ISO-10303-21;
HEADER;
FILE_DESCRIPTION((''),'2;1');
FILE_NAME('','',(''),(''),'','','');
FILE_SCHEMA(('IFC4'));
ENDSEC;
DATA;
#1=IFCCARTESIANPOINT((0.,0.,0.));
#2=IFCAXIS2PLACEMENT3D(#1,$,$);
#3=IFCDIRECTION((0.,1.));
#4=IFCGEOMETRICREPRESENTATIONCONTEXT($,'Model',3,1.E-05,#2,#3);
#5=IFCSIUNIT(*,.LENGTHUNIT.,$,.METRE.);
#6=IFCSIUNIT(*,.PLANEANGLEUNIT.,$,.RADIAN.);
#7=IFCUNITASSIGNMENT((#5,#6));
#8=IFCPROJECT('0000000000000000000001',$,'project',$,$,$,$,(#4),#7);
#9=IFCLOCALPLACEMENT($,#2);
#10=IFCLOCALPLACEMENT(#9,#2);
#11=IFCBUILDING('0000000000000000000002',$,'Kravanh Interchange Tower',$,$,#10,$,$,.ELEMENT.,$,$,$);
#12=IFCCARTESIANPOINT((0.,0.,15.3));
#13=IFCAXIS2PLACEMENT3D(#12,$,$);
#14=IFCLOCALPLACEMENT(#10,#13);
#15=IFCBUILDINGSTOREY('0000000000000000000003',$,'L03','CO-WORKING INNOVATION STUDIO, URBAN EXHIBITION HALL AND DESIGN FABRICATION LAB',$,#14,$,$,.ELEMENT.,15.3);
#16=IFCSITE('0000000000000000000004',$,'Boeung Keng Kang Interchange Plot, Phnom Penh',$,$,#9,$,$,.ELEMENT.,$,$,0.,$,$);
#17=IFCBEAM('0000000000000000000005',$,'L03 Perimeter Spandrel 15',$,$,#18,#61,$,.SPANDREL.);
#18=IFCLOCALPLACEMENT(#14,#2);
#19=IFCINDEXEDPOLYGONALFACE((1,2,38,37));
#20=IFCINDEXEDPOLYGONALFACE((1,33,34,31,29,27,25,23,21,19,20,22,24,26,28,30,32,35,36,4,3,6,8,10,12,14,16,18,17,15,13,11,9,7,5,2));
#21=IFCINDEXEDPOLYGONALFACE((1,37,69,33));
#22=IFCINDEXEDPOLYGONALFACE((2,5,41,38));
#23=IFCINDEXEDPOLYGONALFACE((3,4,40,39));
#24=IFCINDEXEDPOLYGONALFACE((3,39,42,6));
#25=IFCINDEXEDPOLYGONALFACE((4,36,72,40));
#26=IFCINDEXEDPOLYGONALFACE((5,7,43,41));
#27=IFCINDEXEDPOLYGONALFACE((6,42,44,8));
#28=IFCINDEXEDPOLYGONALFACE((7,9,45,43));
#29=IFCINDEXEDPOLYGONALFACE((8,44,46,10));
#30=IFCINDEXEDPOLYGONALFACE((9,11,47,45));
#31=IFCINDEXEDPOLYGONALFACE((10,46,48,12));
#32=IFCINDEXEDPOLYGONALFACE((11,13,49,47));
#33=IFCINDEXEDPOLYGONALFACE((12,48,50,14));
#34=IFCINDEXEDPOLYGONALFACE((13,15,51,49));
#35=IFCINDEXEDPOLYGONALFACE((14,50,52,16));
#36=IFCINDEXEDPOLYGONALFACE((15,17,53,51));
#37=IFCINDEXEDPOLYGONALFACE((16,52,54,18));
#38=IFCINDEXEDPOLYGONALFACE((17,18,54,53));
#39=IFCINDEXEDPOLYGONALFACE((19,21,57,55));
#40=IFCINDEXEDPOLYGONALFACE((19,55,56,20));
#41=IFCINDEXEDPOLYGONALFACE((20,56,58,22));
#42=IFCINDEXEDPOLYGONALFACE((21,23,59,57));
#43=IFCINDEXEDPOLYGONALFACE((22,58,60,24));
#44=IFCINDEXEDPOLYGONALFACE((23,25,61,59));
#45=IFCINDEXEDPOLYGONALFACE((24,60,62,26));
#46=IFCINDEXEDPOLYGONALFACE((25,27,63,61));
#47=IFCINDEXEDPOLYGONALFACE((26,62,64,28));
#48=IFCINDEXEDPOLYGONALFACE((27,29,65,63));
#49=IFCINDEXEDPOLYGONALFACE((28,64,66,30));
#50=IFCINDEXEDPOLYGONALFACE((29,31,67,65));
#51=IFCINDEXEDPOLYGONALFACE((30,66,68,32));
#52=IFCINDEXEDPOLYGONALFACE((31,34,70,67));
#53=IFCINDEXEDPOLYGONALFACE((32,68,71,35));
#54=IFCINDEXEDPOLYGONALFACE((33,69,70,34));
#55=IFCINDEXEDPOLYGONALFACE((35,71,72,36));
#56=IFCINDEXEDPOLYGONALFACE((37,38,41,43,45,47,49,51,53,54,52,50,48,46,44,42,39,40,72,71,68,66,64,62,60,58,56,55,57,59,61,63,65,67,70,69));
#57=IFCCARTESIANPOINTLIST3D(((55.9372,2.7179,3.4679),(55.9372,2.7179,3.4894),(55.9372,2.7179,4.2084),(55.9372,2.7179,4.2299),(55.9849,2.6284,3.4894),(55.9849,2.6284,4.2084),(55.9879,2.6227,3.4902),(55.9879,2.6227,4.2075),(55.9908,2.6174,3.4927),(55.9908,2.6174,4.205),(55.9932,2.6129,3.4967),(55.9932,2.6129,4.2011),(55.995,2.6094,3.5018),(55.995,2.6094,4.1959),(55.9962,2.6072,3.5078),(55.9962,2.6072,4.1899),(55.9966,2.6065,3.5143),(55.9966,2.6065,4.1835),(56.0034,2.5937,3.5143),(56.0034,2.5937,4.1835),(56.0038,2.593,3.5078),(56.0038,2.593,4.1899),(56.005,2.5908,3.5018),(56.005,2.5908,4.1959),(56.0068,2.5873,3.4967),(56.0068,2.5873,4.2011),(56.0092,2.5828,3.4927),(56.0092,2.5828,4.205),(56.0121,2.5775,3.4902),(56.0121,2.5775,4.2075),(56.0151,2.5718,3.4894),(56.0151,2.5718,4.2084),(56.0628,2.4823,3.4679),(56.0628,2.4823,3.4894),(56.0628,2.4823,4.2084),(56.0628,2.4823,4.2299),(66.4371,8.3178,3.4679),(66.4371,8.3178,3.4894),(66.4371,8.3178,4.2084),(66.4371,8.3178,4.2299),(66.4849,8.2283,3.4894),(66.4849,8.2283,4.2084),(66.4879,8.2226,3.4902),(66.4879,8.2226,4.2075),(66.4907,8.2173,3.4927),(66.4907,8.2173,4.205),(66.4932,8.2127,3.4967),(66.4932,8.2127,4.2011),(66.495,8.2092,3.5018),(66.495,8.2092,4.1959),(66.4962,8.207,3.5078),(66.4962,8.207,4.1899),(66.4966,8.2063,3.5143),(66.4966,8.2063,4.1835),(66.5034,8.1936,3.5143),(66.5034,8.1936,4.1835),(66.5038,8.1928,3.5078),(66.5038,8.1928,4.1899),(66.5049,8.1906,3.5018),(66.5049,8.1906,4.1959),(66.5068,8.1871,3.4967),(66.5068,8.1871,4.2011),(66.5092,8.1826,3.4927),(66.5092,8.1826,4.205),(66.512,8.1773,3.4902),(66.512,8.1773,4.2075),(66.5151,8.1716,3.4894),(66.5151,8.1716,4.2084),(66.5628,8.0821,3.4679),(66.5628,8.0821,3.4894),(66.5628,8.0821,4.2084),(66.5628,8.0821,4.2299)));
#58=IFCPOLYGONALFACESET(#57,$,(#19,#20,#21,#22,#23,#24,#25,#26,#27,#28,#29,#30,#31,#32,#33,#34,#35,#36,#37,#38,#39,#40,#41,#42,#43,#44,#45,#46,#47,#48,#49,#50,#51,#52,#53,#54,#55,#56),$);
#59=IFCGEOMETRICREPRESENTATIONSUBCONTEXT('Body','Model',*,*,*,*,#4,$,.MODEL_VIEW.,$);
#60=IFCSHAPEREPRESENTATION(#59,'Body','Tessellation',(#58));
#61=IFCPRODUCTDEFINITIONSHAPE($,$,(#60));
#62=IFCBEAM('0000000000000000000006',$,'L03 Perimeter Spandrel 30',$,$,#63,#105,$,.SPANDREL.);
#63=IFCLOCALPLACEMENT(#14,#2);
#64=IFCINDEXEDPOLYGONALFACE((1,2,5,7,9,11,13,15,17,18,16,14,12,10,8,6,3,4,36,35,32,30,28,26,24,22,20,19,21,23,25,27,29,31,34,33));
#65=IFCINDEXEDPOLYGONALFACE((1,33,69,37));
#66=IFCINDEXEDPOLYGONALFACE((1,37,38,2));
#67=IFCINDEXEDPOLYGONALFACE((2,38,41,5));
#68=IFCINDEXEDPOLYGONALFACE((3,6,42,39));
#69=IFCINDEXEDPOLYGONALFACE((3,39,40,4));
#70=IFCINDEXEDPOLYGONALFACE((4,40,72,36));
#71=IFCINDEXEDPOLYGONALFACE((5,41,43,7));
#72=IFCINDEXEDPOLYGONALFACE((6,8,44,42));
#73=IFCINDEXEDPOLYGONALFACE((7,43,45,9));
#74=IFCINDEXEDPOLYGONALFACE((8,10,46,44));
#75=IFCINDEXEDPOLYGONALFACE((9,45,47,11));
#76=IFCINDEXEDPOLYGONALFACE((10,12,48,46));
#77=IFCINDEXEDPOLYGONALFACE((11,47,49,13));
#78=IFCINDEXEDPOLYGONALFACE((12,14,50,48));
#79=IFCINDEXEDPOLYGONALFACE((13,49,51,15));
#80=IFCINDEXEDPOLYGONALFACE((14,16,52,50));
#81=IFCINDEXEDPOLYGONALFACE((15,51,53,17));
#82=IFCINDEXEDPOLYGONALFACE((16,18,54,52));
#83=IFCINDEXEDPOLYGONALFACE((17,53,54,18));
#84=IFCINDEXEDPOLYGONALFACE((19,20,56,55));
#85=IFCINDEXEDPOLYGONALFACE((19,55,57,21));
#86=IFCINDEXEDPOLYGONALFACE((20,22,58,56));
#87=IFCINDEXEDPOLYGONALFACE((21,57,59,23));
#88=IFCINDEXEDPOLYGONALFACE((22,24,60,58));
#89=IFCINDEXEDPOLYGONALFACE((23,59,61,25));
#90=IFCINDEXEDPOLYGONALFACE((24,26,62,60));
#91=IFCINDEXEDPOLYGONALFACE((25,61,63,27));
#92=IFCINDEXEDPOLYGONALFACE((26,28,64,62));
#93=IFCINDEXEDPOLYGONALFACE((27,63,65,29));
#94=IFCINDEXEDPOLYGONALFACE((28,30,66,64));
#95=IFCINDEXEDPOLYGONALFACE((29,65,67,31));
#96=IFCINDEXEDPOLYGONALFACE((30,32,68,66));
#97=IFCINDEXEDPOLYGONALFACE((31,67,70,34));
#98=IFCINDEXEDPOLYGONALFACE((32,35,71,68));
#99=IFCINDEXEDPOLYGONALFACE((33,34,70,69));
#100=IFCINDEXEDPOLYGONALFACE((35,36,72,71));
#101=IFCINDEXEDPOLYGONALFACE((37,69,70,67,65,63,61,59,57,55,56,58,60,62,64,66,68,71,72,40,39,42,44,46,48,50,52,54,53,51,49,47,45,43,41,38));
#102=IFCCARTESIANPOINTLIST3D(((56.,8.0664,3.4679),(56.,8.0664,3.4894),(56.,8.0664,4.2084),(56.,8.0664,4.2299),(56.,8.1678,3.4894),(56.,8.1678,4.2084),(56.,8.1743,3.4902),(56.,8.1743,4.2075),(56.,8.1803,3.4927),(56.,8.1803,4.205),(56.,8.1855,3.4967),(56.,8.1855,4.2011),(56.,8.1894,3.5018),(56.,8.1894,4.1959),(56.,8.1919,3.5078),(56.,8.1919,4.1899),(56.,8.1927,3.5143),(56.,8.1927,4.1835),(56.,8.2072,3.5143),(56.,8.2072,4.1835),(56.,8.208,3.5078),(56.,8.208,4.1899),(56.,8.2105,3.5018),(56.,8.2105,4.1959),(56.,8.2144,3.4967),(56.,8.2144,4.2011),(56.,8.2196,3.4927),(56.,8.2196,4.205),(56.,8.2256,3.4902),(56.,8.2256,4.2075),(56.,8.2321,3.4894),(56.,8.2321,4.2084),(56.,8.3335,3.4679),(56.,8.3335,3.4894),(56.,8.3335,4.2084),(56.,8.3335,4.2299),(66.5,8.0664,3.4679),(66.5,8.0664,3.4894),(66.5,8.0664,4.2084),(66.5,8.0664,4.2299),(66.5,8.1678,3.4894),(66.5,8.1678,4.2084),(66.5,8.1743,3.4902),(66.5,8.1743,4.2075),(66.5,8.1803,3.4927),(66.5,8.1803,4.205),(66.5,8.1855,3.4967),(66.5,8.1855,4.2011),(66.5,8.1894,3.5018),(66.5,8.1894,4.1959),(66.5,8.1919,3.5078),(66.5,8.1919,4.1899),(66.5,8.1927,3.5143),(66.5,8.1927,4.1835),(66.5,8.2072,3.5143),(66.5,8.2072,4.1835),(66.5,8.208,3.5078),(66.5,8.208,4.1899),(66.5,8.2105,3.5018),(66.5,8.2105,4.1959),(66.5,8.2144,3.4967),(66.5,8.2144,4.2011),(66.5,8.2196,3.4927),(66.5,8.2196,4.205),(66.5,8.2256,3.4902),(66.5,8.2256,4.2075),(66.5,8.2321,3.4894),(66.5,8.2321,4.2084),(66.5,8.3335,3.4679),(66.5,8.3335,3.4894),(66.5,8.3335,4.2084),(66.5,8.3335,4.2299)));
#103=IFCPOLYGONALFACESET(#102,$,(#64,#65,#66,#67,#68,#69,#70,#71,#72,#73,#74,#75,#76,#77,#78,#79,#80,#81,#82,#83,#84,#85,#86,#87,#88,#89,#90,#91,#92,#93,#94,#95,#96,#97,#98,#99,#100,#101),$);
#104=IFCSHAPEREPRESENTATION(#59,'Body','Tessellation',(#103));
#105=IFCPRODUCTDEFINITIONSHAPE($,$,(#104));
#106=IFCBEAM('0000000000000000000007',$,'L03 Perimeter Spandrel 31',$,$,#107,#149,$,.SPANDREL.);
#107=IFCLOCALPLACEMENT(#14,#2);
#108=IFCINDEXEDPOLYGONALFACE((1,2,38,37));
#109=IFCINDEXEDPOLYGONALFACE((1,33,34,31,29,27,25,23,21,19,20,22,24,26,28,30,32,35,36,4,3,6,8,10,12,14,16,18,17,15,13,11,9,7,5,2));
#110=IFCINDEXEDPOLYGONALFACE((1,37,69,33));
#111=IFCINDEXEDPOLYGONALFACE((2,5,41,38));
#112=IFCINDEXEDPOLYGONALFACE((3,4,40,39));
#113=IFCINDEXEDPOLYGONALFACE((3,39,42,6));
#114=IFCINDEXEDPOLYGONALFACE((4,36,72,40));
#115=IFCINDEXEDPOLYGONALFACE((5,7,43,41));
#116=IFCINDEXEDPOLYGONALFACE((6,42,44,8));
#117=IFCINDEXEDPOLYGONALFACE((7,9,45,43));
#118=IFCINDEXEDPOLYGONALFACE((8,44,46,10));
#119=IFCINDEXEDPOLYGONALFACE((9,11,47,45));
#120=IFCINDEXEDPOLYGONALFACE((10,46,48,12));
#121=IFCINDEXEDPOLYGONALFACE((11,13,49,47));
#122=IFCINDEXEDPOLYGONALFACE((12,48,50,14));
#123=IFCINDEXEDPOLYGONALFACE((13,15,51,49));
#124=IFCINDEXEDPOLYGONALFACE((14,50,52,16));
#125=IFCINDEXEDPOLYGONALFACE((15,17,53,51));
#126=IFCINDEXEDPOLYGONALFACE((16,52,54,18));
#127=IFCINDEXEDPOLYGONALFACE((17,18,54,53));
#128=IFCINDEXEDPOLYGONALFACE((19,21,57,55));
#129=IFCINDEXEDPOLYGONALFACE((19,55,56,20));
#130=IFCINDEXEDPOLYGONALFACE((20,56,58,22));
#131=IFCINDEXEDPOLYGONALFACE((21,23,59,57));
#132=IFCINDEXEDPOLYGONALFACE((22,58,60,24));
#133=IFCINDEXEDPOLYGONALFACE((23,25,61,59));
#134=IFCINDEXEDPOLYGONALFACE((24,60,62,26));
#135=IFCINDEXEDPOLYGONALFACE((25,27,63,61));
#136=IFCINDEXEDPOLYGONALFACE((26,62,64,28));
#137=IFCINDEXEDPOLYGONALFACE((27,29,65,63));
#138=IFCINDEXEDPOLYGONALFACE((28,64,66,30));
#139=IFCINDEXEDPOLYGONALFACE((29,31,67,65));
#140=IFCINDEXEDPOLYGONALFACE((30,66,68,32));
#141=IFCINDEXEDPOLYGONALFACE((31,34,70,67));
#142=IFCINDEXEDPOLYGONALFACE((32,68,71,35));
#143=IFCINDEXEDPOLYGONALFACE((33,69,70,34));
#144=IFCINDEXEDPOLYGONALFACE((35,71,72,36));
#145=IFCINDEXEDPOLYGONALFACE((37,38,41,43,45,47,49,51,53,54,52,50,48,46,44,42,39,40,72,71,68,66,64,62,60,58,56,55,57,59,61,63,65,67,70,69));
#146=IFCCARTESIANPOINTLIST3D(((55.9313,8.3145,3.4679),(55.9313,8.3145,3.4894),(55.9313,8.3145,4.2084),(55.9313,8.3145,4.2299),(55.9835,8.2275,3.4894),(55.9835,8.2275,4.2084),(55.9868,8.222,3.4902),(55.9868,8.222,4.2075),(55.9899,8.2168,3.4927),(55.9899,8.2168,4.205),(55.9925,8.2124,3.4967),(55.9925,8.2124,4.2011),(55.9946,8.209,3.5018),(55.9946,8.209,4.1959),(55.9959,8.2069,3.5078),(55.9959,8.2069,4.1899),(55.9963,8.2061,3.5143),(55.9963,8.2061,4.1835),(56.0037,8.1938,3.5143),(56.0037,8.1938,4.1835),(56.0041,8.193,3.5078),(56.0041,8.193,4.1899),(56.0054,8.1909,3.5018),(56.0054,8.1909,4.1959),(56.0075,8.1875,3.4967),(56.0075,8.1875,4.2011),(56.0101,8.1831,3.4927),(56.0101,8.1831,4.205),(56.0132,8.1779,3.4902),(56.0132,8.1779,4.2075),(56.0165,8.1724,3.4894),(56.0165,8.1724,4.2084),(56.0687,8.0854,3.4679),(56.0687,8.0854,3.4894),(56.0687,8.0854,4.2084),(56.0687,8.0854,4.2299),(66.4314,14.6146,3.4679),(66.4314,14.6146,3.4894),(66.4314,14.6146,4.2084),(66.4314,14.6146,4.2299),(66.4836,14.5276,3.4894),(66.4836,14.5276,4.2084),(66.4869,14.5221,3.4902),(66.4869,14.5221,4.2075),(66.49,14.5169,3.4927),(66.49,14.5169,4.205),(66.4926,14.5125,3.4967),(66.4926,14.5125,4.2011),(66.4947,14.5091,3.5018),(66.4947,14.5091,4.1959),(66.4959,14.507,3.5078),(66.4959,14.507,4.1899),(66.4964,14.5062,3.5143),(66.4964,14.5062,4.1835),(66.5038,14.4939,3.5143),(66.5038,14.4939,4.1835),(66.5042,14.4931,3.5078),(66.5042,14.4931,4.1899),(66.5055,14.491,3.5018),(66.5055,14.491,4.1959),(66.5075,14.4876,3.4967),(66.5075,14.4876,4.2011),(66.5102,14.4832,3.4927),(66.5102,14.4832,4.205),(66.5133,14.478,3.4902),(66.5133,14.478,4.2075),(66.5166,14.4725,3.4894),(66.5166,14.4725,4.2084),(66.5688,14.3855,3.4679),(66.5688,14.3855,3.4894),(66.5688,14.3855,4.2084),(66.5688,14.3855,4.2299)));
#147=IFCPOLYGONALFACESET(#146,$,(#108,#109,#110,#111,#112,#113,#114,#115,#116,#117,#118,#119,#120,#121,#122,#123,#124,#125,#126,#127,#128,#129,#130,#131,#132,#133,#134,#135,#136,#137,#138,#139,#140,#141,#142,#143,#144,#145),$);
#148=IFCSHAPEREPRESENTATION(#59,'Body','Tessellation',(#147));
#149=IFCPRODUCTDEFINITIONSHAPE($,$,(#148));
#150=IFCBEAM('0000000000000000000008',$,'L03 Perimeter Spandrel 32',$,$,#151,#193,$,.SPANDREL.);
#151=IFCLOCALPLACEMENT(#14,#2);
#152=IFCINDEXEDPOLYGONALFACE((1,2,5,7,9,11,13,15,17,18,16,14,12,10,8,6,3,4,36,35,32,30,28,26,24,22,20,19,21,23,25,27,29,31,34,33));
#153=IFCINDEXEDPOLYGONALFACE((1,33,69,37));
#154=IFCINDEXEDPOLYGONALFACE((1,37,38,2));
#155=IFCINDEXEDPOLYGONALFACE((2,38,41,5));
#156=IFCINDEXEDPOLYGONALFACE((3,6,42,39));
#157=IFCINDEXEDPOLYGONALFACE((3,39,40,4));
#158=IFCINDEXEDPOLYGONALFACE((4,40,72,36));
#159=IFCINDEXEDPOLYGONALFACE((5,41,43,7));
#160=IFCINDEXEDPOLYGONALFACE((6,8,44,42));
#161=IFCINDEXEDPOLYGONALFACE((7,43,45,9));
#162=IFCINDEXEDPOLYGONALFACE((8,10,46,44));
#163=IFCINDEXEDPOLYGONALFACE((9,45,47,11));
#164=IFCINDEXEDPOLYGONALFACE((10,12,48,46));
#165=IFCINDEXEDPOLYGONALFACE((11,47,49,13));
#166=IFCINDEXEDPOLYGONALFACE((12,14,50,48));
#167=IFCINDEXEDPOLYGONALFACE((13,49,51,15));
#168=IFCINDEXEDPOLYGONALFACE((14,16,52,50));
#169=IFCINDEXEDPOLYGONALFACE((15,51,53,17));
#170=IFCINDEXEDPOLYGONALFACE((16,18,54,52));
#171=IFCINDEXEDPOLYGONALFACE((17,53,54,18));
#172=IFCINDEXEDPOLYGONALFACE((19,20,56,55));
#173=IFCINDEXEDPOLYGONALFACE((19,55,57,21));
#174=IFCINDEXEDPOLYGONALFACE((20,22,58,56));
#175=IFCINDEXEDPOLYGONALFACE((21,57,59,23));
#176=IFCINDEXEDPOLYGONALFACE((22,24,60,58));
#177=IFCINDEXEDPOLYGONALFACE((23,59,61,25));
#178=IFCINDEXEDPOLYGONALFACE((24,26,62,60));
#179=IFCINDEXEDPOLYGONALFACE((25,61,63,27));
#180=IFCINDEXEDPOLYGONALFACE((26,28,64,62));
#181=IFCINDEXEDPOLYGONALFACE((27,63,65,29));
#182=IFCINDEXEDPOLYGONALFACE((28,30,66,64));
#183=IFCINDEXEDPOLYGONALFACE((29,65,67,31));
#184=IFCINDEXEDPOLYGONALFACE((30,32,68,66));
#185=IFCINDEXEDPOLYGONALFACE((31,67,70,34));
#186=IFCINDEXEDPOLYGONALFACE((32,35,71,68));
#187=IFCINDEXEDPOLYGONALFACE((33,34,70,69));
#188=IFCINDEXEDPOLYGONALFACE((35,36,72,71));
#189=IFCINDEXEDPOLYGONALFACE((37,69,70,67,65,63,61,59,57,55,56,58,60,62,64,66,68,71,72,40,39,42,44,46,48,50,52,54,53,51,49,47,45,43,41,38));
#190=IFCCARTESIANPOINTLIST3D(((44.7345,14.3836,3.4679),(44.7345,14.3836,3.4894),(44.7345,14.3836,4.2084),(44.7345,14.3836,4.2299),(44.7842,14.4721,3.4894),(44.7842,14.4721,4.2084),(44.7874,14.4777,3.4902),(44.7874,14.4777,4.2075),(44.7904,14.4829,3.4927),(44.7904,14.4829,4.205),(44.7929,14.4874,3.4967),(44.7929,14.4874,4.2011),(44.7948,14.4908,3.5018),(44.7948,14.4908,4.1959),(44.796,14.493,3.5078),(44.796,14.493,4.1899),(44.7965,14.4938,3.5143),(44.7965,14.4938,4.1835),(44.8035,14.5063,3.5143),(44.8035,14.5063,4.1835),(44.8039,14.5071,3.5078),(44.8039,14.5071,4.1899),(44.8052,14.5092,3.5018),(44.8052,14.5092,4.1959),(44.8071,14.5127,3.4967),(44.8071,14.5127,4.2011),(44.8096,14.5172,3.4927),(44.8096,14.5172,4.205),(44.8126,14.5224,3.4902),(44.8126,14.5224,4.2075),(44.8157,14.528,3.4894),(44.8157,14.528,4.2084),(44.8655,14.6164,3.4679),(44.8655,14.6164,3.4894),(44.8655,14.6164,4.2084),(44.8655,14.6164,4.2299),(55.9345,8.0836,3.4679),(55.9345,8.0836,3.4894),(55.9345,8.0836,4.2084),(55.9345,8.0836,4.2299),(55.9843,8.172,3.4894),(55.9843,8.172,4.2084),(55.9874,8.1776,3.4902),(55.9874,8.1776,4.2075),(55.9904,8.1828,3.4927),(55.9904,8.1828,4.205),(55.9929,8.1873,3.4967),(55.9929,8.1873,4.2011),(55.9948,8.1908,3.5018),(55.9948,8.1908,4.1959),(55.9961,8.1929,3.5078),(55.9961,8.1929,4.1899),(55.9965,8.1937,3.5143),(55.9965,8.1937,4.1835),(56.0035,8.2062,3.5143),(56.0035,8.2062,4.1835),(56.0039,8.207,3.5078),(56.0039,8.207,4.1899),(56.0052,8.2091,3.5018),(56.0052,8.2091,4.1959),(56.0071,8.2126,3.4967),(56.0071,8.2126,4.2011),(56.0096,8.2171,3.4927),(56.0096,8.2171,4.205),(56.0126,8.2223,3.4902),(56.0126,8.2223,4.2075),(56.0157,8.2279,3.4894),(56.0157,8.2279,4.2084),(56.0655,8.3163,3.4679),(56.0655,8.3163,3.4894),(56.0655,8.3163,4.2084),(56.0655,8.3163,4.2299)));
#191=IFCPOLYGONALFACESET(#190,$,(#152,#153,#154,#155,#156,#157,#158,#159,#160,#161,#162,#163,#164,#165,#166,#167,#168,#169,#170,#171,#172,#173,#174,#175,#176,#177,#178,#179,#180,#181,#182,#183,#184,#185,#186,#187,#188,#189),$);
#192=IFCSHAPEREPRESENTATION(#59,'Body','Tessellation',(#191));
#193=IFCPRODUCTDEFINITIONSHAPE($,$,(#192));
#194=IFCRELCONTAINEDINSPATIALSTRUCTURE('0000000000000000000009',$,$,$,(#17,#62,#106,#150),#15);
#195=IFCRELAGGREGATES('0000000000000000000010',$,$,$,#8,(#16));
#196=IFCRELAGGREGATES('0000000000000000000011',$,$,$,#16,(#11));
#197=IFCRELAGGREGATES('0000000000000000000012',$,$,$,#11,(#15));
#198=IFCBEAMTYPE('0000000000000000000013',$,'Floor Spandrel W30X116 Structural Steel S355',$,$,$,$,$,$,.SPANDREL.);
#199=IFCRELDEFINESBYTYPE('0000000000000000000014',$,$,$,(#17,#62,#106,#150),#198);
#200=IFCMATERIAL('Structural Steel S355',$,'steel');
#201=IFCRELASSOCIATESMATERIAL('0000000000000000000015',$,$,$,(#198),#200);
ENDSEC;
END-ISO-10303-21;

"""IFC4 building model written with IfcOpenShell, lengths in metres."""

from ifc_helpers import new_model, si_unit, direction, frame, origin, origin_2d, place, context, subcontext, project, spatial, i_section, extrude, material, material_profile, profile_set, type_object, element, save


model = new_model("IFC4")

# Units and contexts
model_context = context("Model", 3, precision=1e-05, world=origin(), true_north=direction((0.0, 1.0)))
body_context = subcontext(model_context, "Body", "Model", "MODEL_VIEW")
ifc_project = project(units=[si_unit("LENGTHUNIT", "METRE"), si_unit("PLANEANGLEUNIT", "RADIAN")], contexts=[model_context])

# Site, building, storey
site_placement = place(None, origin())
site = spatial("IfcSite", under=ifc_project, at=site_placement, Name="Boeung Keng Kang Interchange Plot, Phnom Penh", CompositionType="ELEMENT", RefElevation=0.0)
building_placement = place(site_placement, origin())
building = spatial("IfcBuilding", under=site, at=building_placement, Name="Kravanh Interchange Tower", CompositionType="ELEMENT")
storey_placement = place(building_placement, frame((0.0, 0.0, 15.3)))
storey = spatial("IfcBuildingStorey", under=building, at=storey_placement, Name="L03", Description="CO-WORKING INNOVATION STUDIO, URBAN EXHIBITION HALL AND DESIGN FABRICATION LAB", CompositionType="ELEMENT", Elevation=15.3)

# Beams
ifc_material_1 = material(Name="Structural Steel S355", Category="steel")
ifc_material_profile_1 = material_profile(ifc_material_1, i_section(OverallWidth=0.2671, OverallDepth=0.762, WebThickness=0.0144, FlangeThickness=0.0215, FilletRadius=0.0249, at=origin_2d()), Name="W30X116")
ifc_profile_set_1 = profile_set([ifc_material_profile_1], Name="Structural Steel S355")
beam_type_1 = type_object("IfcBeamType", Name="Floor Spandrel W30X116 Structural Steel S355", PredefinedType="SPANDREL", material=ifc_profile_set_1)
beam_1_placement = place(storey_placement, frame((56.0, 2.6001, 3.8489), z_axis=(0.882358, 0.470579, 0.0), x_axis=(-0.470579, 0.882358, 0.0)))
element("IfcBeam", 1, at=beam_1_placement, inside=storey, type_object=beam_type_1, Name="L03 Perimeter Spandrel 15", PredefinedType="SPANDREL", context=body_context, shape_type="SweptSolid", body=[
    extrude(i_section(OverallWidth=0.2671, OverallDepth=0.762, WebThickness=0.0144, FlangeThickness=0.0215, FilletRadius=0.0249, at=origin_2d()), origin(), (0.0, 0.0, 1.0), 11.8999),
])
beam_2_placement = place(storey_placement, frame((56.0, 8.2, 3.8489), z_axis=(1.0, 0.0, 0.0), x_axis=(0.0, 1.0, 0.0)))
element("IfcBeam", 2, at=beam_2_placement, inside=storey, type_object=beam_type_1, Name="L03 Perimeter Spandrel 30", PredefinedType="SPANDREL", context=body_context, shape_type="SweptSolid", body=[
    extrude(i_section(OverallWidth=0.2671, OverallDepth=0.762, WebThickness=0.0144, FlangeThickness=0.0215, FilletRadius=0.0249, at=origin_2d()), origin(), (0.0, 0.0, 1.0), 10.5),
])
beam_3_placement = place(storey_placement, frame((56.0, 8.2, 3.8489), z_axis=(0.857491, 0.514499, 0.0), x_axis=(-0.514499, 0.857491, 0.0)))
element("IfcBeam", 3, at=beam_3_placement, inside=storey, type_object=beam_type_1, Name="L03 Perimeter Spandrel 31", PredefinedType="SPANDREL", context=body_context, shape_type="SweptSolid", body=[
    extrude(i_section(OverallWidth=0.2671, OverallDepth=0.762, WebThickness=0.0144, FlangeThickness=0.0215, FilletRadius=0.0249, at=origin_2d()), origin(), (0.0, 0.0, 1.0), 12.2451),
])
beam_4_placement = place(storey_placement, frame((56.0, 8.2, 3.8489), z_axis=(-0.871573, 0.490266, 0.0), x_axis=(-0.490266, -0.871573, 0.0)))
element("IfcBeam", 4, at=beam_4_placement, inside=storey, type_object=beam_type_1, Name="L03 Perimeter Spandrel 32", PredefinedType="SPANDREL", context=body_context, shape_type="SweptSolid", body=[
    extrude(i_section(OverallWidth=0.2671, OverallDepth=0.762, WebThickness=0.0144, FlangeThickness=0.0215, FilletRadius=0.0249, at=origin_2d()), origin(), (0.0, 0.0, 1.0), 12.8503),
])

save(model, "model.ifc")
